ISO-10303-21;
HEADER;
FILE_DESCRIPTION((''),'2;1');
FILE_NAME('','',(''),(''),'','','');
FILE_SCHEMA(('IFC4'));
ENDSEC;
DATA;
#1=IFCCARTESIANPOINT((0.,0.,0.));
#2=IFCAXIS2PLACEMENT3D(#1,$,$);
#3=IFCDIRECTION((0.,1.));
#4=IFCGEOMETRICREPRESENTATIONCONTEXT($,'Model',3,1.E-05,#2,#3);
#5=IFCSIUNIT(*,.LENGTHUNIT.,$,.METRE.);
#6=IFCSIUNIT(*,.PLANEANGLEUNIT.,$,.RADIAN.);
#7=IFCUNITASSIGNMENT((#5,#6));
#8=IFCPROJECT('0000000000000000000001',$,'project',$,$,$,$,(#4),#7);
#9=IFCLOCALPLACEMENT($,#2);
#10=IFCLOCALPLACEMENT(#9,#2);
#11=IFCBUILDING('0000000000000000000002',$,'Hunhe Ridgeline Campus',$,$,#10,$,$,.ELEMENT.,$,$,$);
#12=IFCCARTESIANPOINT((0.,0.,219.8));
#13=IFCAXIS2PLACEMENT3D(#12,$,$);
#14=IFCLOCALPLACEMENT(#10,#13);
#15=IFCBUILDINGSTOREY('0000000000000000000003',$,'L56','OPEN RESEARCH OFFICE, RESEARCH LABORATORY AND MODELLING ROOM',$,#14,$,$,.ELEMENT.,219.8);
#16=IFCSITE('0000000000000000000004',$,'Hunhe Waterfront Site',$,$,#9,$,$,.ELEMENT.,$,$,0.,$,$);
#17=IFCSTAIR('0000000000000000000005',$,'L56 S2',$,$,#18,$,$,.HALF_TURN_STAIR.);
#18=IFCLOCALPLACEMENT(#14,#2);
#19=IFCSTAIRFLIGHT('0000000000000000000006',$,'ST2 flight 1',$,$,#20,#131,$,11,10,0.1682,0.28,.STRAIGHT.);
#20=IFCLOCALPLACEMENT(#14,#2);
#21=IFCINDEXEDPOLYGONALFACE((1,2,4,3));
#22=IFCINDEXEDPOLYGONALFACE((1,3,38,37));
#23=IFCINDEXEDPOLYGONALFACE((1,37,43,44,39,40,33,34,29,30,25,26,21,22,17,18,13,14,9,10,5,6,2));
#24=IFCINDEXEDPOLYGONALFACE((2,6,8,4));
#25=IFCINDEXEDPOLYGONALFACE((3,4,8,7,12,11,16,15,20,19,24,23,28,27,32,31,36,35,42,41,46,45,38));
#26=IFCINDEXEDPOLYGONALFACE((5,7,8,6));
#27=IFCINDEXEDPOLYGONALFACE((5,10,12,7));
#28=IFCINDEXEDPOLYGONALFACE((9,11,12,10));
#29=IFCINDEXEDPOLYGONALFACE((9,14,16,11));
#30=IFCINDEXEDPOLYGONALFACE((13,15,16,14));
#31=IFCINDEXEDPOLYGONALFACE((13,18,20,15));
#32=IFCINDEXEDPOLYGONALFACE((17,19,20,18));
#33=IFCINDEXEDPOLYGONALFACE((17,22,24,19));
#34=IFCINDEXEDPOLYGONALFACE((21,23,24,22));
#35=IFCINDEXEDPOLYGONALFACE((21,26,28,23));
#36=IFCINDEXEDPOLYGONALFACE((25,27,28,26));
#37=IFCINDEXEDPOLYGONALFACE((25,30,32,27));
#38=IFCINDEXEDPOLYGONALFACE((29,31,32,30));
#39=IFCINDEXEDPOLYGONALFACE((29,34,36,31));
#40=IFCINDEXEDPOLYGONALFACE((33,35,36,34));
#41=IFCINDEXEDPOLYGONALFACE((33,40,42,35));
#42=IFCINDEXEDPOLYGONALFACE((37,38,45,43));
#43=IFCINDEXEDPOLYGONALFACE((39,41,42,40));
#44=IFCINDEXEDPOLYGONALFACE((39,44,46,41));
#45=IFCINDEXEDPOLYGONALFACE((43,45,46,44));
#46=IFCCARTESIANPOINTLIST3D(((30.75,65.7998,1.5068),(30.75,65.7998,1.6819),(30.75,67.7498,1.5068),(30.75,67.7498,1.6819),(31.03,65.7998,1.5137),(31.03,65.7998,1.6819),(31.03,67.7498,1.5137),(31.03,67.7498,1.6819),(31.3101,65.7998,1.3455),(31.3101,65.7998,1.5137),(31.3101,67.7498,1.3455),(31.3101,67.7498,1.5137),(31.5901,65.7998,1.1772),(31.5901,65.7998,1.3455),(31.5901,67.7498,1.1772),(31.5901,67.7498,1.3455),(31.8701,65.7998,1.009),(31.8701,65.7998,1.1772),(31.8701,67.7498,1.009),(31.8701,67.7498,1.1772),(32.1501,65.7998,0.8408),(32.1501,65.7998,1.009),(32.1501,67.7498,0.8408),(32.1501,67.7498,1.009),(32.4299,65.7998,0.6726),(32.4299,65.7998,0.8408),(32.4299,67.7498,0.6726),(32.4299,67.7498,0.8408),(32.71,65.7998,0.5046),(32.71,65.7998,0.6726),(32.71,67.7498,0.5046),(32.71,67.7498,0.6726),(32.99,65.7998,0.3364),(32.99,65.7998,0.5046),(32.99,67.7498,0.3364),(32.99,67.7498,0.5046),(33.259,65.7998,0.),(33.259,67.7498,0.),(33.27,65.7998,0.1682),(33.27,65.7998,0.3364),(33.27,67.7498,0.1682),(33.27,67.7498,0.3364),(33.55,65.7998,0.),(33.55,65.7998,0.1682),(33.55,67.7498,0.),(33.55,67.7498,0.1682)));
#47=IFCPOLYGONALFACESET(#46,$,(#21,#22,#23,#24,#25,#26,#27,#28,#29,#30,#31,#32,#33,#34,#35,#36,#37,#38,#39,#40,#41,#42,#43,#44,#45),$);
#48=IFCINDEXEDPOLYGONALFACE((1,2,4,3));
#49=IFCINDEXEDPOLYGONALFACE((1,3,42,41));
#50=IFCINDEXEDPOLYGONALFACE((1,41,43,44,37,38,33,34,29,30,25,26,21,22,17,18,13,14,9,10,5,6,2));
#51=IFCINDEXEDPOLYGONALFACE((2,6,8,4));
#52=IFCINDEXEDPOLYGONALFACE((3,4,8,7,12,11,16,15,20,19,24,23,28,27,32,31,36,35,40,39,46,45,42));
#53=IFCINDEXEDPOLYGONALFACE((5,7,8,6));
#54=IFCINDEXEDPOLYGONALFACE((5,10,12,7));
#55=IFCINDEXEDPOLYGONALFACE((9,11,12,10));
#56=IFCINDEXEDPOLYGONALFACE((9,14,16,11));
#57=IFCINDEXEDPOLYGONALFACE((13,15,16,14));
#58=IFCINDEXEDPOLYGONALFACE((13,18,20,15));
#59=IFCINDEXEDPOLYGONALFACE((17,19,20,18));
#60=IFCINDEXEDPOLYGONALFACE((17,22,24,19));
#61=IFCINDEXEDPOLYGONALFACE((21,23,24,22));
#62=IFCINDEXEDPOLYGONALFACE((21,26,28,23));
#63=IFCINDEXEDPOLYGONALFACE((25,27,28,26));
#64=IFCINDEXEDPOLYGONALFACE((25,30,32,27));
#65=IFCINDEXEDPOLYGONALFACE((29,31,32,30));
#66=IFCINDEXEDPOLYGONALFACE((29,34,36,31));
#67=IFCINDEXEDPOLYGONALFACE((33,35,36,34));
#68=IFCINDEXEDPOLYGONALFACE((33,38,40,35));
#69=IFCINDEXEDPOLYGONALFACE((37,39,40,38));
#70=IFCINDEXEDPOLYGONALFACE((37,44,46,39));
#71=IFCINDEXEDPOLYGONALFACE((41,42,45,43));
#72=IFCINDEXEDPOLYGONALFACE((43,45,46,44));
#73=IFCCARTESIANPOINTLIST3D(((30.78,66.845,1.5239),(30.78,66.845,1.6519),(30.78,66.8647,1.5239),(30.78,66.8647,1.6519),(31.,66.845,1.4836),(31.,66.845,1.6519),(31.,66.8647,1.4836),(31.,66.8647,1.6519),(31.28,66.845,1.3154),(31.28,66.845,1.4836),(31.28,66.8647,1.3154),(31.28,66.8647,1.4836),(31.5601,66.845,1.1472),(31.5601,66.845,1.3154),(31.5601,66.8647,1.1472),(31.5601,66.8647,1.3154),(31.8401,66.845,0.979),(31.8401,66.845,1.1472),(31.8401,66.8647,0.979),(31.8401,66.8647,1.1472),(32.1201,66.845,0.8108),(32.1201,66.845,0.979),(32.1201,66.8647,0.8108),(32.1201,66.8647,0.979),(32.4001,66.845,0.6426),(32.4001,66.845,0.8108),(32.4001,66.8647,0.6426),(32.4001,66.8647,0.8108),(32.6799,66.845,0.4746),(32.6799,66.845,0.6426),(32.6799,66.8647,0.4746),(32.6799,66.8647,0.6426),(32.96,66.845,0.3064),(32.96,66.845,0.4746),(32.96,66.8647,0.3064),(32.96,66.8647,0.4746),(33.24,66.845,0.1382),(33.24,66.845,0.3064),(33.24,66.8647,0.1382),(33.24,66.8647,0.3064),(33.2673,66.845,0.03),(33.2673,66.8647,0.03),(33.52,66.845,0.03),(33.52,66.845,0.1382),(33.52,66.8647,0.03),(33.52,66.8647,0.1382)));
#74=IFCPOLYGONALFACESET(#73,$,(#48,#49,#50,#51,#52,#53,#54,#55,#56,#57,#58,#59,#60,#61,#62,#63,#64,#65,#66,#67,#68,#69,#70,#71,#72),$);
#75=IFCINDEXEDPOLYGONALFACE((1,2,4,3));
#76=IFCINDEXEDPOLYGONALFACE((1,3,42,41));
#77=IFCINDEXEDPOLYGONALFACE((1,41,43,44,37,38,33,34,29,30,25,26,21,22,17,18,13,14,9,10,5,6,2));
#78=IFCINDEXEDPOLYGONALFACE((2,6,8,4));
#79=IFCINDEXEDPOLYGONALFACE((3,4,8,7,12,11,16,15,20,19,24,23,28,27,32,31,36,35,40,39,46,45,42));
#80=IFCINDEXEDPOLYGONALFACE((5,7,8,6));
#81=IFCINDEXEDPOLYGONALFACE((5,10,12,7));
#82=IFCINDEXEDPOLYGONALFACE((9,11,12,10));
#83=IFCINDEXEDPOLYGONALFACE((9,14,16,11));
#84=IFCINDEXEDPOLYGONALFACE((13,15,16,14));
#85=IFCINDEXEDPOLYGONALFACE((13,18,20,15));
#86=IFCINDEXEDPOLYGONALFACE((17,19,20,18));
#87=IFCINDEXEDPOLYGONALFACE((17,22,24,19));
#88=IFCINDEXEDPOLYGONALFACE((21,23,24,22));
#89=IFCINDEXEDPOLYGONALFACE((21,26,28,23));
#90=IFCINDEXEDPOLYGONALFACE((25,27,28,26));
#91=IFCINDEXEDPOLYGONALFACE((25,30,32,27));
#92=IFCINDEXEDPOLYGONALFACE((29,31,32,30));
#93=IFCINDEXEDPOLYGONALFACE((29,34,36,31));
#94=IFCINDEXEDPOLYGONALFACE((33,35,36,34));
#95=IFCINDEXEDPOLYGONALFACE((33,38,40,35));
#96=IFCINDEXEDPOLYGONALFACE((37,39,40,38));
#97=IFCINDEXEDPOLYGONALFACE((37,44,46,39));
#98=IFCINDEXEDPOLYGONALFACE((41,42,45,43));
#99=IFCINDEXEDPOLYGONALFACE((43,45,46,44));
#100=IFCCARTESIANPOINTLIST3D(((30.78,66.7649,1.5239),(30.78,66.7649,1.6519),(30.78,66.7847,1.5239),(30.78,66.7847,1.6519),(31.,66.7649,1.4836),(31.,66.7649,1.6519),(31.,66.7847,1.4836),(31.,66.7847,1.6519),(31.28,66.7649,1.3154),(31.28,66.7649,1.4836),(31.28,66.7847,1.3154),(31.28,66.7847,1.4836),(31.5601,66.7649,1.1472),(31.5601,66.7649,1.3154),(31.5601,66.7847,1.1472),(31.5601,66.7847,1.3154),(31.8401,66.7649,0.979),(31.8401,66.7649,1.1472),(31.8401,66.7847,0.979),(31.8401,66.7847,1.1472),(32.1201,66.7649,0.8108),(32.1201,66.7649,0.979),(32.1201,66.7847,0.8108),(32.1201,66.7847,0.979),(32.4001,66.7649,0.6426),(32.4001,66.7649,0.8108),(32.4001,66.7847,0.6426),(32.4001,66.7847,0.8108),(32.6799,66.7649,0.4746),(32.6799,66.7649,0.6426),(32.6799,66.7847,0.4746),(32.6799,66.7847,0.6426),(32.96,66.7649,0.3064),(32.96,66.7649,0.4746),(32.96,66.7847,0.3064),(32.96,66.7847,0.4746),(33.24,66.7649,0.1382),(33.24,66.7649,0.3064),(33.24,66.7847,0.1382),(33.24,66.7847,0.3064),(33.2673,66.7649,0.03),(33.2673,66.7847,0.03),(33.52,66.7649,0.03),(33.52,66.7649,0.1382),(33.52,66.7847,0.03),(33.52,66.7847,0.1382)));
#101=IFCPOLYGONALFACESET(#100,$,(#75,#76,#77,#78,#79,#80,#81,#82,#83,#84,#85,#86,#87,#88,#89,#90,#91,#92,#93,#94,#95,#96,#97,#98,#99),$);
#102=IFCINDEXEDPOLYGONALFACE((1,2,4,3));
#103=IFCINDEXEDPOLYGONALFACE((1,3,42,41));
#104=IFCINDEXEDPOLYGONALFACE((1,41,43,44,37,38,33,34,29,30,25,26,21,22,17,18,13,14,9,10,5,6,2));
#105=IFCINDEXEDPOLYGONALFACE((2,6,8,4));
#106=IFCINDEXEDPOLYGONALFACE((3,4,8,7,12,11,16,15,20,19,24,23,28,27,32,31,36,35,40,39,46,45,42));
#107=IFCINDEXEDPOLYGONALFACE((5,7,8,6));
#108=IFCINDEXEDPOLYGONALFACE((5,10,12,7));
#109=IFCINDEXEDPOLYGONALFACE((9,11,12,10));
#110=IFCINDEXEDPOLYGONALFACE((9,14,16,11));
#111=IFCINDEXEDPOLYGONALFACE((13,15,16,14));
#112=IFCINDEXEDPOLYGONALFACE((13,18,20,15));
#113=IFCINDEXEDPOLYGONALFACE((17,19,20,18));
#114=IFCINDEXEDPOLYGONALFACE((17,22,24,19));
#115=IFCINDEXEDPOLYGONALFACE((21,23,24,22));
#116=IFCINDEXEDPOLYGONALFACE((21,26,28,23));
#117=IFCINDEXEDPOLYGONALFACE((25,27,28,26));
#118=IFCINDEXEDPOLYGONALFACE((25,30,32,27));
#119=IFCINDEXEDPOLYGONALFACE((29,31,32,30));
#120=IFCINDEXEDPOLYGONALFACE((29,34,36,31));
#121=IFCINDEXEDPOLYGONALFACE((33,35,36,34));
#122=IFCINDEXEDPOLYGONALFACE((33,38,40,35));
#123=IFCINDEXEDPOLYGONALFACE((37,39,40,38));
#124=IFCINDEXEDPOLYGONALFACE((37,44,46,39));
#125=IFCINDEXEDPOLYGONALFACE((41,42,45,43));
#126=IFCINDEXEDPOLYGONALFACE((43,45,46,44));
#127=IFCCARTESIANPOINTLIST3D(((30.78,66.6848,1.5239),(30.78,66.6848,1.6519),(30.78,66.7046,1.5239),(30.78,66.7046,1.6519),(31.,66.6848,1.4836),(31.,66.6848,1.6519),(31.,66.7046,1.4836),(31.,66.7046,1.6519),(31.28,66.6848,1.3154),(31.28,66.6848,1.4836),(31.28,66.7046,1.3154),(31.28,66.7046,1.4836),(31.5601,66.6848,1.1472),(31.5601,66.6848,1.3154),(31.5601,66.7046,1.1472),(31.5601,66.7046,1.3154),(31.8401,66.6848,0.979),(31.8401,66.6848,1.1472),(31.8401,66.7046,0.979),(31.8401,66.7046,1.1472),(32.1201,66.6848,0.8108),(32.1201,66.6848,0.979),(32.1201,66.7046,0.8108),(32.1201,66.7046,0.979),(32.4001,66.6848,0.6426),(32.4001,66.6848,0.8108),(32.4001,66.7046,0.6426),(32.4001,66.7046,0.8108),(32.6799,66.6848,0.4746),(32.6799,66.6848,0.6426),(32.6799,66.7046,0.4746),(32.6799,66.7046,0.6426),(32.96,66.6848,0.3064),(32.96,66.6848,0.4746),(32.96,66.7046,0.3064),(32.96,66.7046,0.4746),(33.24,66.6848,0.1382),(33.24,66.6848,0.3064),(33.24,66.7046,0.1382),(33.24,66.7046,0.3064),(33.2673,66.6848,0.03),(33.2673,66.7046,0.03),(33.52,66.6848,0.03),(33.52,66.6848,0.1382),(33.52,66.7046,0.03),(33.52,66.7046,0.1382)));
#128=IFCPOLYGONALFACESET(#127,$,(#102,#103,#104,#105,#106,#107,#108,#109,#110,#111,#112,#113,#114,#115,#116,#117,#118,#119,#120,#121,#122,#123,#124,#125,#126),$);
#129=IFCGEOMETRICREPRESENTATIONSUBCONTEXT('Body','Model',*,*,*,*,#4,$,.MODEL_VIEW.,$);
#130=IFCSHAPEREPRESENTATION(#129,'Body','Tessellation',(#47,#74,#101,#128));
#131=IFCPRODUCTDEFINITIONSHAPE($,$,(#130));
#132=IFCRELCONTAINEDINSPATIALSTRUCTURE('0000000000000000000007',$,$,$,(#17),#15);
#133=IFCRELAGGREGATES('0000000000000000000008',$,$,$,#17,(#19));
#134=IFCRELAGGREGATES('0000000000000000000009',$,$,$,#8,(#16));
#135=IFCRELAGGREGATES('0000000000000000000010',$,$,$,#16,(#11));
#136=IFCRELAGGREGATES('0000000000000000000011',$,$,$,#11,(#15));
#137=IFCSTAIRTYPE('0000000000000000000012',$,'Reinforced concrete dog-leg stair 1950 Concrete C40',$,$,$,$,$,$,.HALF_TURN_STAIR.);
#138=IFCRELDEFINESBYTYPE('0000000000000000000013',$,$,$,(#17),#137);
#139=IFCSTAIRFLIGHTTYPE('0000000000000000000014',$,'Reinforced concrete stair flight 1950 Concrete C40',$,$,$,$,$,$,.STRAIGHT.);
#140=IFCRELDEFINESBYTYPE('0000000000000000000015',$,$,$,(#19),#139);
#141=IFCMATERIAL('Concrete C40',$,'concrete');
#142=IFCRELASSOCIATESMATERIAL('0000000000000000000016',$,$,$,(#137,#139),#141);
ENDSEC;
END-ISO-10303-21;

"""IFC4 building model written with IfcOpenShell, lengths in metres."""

from ifc_helpers import new_model, si_unit, direction, frame, origin, place, context, subcontext, project, spatial, polyline, outline, extrude, material, type_object, element, aggregate, save


model = new_model("IFC4")

# Units and contexts
model_context = context("Model", 3, precision=1e-05, world=origin(), true_north=direction((0.0, 1.0)))
body_context = subcontext(model_context, "Body", "Model", "MODEL_VIEW")
ifc_project = project(units=[si_unit("LENGTHUNIT", "METRE"), si_unit("PLANEANGLEUNIT", "RADIAN")], contexts=[model_context])

# Site, building, storey
site_placement = place(None, origin())
site = spatial("IfcSite", under=ifc_project, at=site_placement, Name="Hunhe Waterfront Site", CompositionType="ELEMENT", RefElevation=0.0)
building_placement = place(site_placement, origin())
building = spatial("IfcBuilding", under=site, at=building_placement, Name="Hunhe Ridgeline Campus", CompositionType="ELEMENT")
storey_placement = place(building_placement, frame((0.0, 0.0, 219.8)))
storey = spatial("IfcBuildingStorey", under=building, at=storey_placement, Name="L56", Description="OPEN RESEARCH OFFICE, RESEARCH LABORATORY AND MODELLING ROOM", CompositionType="ELEMENT", Elevation=219.8)

# Stair, stair flight
ifc_material_1 = material(Name="Concrete C40", Category="concrete")
stair_type = type_object("IfcStairType", Name="Reinforced concrete dog-leg stair 1950 Concrete C40", PredefinedType="HALF_TURN_STAIR", material=ifc_material_1)
stair_placement = place(storey_placement, origin())
stair = element("IfcStair", 1, at=stair_placement, inside=storey, type_object=stair_type, Name="L56 S2", PredefinedType="HALF_TURN_STAIR")
stair_flight_type = type_object("IfcStairFlightType", Name="Reinforced concrete stair flight 1950 Concrete C40", PredefinedType="STRAIGHT", material=ifc_material_1)
stair_flight_1_placement = place(storey_placement, frame((33.55, 66.7749, 0.0), z_axis=(0.0, 0.0, 1.0), x_axis=(-1.0, 0.0, 0.0)))
stair_flight_1 = element("IfcStairFlight", 2, at=stair_flight_1_placement, type_object=stair_flight_type, Name="ST2 flight 1", NumberOfRisers=11, NumberOfTreads=10, PredefinedType="STRAIGHT", RiserHeight=0.1682, TreadLength=0.28, context=body_context, shape_type="SweptSolid", body=[
    extrude(outline(polyline([(0.0, 0.0), (0.0, 0.1682), (0.28, 0.1682), (0.28, 0.3364), (0.5601, 0.3364), (0.5601, 0.5046), (0.8401, 0.5046), (0.8401, 0.6726), (1.1201, 0.6726), (1.1201, 0.8408), (1.3999, 0.8408), (1.3999, 1.009), (1.6799, 1.009), (1.6799, 1.1772), (1.96, 1.1772), (1.96, 1.3455), (2.24, 1.3455), (2.24, 1.5137), (2.52, 1.5137), (2.52, 1.6819), (2.8, 1.6819), (2.8, 1.8501), (2.8, 1.5068), (0.291, 0.0), (0.0, 0.0)])), frame((0.0, 0.9751, 0.0), z_axis=(0.0, -1.0, 0.0), x_axis=(1.0, 0.0, 0.0)), (0.0, 0.0, 1.0), 1.95),
    extrude(outline(polyline([(0.03, 0.03), (0.03, 0.1382), (0.3101, 0.1382), (0.3101, 0.3064), (0.5901, 0.3064), (0.5901, 0.4746), (0.8701, 0.4746), (0.8701, 0.6426), (1.1499, 0.6426), (1.1499, 0.8108), (1.4299, 0.8108), (1.4299, 0.979), (1.71, 0.979), (1.71, 1.1472), (1.99, 1.1472), (1.99, 1.3154), (2.27, 1.3154), (2.27, 1.4836), (2.55, 1.4836), (2.55, 1.6519), (2.77, 1.6519), (2.77, 1.5239), (0.2827, 0.03), (0.03, 0.03)])), frame((0.0, -0.0701, 0.0), z_axis=(0.0, -1.0, 0.0), x_axis=(1.0, 0.0, 0.0)), (0.0, 0.0, 1.0), 0.0198),
    extrude(outline(polyline([(0.03, 0.03), (0.03, 0.1382), (0.3101, 0.1382), (0.3101, 0.3064), (0.5901, 0.3064), (0.5901, 0.4746), (0.8701, 0.4746), (0.8701, 0.6426), (1.1499, 0.6426), (1.1499, 0.8108), (1.4299, 0.8108), (1.4299, 0.979), (1.71, 0.979), (1.71, 1.1472), (1.99, 1.1472), (1.99, 1.3154), (2.27, 1.3154), (2.27, 1.4836), (2.55, 1.4836), (2.55, 1.6519), (2.77, 1.6519), (2.77, 1.5239), (0.2827, 0.03), (0.03, 0.03)])), frame((0.0, 0.01, 0.0), z_axis=(0.0, -1.0, 0.0), x_axis=(1.0, 0.0, 0.0)), (0.0, 0.0, 1.0), 0.0198),
    extrude(outline(polyline([(0.03, 0.03), (0.03, 0.1382), (0.3101, 0.1382), (0.3101, 0.3064), (0.5901, 0.3064), (0.5901, 0.4746), (0.8701, 0.4746), (0.8701, 0.6426), (1.1499, 0.6426), (1.1499, 0.8108), (1.4299, 0.8108), (1.4299, 0.979), (1.71, 0.979), (1.71, 1.1472), (1.99, 1.1472), (1.99, 1.3154), (2.27, 1.3154), (2.27, 1.4836), (2.55, 1.4836), (2.55, 1.6519), (2.77, 1.6519), (2.77, 1.5239), (0.2827, 0.03), (0.03, 0.03)])), frame((0.0, 0.0901, 0.0), z_axis=(0.0, -1.0, 0.0), x_axis=(1.0, 0.0, 0.0)), (0.0, 0.0, 1.0), 0.0198),
])
aggregate(stair, [stair_flight_1])

save(model, "model.ifc")
